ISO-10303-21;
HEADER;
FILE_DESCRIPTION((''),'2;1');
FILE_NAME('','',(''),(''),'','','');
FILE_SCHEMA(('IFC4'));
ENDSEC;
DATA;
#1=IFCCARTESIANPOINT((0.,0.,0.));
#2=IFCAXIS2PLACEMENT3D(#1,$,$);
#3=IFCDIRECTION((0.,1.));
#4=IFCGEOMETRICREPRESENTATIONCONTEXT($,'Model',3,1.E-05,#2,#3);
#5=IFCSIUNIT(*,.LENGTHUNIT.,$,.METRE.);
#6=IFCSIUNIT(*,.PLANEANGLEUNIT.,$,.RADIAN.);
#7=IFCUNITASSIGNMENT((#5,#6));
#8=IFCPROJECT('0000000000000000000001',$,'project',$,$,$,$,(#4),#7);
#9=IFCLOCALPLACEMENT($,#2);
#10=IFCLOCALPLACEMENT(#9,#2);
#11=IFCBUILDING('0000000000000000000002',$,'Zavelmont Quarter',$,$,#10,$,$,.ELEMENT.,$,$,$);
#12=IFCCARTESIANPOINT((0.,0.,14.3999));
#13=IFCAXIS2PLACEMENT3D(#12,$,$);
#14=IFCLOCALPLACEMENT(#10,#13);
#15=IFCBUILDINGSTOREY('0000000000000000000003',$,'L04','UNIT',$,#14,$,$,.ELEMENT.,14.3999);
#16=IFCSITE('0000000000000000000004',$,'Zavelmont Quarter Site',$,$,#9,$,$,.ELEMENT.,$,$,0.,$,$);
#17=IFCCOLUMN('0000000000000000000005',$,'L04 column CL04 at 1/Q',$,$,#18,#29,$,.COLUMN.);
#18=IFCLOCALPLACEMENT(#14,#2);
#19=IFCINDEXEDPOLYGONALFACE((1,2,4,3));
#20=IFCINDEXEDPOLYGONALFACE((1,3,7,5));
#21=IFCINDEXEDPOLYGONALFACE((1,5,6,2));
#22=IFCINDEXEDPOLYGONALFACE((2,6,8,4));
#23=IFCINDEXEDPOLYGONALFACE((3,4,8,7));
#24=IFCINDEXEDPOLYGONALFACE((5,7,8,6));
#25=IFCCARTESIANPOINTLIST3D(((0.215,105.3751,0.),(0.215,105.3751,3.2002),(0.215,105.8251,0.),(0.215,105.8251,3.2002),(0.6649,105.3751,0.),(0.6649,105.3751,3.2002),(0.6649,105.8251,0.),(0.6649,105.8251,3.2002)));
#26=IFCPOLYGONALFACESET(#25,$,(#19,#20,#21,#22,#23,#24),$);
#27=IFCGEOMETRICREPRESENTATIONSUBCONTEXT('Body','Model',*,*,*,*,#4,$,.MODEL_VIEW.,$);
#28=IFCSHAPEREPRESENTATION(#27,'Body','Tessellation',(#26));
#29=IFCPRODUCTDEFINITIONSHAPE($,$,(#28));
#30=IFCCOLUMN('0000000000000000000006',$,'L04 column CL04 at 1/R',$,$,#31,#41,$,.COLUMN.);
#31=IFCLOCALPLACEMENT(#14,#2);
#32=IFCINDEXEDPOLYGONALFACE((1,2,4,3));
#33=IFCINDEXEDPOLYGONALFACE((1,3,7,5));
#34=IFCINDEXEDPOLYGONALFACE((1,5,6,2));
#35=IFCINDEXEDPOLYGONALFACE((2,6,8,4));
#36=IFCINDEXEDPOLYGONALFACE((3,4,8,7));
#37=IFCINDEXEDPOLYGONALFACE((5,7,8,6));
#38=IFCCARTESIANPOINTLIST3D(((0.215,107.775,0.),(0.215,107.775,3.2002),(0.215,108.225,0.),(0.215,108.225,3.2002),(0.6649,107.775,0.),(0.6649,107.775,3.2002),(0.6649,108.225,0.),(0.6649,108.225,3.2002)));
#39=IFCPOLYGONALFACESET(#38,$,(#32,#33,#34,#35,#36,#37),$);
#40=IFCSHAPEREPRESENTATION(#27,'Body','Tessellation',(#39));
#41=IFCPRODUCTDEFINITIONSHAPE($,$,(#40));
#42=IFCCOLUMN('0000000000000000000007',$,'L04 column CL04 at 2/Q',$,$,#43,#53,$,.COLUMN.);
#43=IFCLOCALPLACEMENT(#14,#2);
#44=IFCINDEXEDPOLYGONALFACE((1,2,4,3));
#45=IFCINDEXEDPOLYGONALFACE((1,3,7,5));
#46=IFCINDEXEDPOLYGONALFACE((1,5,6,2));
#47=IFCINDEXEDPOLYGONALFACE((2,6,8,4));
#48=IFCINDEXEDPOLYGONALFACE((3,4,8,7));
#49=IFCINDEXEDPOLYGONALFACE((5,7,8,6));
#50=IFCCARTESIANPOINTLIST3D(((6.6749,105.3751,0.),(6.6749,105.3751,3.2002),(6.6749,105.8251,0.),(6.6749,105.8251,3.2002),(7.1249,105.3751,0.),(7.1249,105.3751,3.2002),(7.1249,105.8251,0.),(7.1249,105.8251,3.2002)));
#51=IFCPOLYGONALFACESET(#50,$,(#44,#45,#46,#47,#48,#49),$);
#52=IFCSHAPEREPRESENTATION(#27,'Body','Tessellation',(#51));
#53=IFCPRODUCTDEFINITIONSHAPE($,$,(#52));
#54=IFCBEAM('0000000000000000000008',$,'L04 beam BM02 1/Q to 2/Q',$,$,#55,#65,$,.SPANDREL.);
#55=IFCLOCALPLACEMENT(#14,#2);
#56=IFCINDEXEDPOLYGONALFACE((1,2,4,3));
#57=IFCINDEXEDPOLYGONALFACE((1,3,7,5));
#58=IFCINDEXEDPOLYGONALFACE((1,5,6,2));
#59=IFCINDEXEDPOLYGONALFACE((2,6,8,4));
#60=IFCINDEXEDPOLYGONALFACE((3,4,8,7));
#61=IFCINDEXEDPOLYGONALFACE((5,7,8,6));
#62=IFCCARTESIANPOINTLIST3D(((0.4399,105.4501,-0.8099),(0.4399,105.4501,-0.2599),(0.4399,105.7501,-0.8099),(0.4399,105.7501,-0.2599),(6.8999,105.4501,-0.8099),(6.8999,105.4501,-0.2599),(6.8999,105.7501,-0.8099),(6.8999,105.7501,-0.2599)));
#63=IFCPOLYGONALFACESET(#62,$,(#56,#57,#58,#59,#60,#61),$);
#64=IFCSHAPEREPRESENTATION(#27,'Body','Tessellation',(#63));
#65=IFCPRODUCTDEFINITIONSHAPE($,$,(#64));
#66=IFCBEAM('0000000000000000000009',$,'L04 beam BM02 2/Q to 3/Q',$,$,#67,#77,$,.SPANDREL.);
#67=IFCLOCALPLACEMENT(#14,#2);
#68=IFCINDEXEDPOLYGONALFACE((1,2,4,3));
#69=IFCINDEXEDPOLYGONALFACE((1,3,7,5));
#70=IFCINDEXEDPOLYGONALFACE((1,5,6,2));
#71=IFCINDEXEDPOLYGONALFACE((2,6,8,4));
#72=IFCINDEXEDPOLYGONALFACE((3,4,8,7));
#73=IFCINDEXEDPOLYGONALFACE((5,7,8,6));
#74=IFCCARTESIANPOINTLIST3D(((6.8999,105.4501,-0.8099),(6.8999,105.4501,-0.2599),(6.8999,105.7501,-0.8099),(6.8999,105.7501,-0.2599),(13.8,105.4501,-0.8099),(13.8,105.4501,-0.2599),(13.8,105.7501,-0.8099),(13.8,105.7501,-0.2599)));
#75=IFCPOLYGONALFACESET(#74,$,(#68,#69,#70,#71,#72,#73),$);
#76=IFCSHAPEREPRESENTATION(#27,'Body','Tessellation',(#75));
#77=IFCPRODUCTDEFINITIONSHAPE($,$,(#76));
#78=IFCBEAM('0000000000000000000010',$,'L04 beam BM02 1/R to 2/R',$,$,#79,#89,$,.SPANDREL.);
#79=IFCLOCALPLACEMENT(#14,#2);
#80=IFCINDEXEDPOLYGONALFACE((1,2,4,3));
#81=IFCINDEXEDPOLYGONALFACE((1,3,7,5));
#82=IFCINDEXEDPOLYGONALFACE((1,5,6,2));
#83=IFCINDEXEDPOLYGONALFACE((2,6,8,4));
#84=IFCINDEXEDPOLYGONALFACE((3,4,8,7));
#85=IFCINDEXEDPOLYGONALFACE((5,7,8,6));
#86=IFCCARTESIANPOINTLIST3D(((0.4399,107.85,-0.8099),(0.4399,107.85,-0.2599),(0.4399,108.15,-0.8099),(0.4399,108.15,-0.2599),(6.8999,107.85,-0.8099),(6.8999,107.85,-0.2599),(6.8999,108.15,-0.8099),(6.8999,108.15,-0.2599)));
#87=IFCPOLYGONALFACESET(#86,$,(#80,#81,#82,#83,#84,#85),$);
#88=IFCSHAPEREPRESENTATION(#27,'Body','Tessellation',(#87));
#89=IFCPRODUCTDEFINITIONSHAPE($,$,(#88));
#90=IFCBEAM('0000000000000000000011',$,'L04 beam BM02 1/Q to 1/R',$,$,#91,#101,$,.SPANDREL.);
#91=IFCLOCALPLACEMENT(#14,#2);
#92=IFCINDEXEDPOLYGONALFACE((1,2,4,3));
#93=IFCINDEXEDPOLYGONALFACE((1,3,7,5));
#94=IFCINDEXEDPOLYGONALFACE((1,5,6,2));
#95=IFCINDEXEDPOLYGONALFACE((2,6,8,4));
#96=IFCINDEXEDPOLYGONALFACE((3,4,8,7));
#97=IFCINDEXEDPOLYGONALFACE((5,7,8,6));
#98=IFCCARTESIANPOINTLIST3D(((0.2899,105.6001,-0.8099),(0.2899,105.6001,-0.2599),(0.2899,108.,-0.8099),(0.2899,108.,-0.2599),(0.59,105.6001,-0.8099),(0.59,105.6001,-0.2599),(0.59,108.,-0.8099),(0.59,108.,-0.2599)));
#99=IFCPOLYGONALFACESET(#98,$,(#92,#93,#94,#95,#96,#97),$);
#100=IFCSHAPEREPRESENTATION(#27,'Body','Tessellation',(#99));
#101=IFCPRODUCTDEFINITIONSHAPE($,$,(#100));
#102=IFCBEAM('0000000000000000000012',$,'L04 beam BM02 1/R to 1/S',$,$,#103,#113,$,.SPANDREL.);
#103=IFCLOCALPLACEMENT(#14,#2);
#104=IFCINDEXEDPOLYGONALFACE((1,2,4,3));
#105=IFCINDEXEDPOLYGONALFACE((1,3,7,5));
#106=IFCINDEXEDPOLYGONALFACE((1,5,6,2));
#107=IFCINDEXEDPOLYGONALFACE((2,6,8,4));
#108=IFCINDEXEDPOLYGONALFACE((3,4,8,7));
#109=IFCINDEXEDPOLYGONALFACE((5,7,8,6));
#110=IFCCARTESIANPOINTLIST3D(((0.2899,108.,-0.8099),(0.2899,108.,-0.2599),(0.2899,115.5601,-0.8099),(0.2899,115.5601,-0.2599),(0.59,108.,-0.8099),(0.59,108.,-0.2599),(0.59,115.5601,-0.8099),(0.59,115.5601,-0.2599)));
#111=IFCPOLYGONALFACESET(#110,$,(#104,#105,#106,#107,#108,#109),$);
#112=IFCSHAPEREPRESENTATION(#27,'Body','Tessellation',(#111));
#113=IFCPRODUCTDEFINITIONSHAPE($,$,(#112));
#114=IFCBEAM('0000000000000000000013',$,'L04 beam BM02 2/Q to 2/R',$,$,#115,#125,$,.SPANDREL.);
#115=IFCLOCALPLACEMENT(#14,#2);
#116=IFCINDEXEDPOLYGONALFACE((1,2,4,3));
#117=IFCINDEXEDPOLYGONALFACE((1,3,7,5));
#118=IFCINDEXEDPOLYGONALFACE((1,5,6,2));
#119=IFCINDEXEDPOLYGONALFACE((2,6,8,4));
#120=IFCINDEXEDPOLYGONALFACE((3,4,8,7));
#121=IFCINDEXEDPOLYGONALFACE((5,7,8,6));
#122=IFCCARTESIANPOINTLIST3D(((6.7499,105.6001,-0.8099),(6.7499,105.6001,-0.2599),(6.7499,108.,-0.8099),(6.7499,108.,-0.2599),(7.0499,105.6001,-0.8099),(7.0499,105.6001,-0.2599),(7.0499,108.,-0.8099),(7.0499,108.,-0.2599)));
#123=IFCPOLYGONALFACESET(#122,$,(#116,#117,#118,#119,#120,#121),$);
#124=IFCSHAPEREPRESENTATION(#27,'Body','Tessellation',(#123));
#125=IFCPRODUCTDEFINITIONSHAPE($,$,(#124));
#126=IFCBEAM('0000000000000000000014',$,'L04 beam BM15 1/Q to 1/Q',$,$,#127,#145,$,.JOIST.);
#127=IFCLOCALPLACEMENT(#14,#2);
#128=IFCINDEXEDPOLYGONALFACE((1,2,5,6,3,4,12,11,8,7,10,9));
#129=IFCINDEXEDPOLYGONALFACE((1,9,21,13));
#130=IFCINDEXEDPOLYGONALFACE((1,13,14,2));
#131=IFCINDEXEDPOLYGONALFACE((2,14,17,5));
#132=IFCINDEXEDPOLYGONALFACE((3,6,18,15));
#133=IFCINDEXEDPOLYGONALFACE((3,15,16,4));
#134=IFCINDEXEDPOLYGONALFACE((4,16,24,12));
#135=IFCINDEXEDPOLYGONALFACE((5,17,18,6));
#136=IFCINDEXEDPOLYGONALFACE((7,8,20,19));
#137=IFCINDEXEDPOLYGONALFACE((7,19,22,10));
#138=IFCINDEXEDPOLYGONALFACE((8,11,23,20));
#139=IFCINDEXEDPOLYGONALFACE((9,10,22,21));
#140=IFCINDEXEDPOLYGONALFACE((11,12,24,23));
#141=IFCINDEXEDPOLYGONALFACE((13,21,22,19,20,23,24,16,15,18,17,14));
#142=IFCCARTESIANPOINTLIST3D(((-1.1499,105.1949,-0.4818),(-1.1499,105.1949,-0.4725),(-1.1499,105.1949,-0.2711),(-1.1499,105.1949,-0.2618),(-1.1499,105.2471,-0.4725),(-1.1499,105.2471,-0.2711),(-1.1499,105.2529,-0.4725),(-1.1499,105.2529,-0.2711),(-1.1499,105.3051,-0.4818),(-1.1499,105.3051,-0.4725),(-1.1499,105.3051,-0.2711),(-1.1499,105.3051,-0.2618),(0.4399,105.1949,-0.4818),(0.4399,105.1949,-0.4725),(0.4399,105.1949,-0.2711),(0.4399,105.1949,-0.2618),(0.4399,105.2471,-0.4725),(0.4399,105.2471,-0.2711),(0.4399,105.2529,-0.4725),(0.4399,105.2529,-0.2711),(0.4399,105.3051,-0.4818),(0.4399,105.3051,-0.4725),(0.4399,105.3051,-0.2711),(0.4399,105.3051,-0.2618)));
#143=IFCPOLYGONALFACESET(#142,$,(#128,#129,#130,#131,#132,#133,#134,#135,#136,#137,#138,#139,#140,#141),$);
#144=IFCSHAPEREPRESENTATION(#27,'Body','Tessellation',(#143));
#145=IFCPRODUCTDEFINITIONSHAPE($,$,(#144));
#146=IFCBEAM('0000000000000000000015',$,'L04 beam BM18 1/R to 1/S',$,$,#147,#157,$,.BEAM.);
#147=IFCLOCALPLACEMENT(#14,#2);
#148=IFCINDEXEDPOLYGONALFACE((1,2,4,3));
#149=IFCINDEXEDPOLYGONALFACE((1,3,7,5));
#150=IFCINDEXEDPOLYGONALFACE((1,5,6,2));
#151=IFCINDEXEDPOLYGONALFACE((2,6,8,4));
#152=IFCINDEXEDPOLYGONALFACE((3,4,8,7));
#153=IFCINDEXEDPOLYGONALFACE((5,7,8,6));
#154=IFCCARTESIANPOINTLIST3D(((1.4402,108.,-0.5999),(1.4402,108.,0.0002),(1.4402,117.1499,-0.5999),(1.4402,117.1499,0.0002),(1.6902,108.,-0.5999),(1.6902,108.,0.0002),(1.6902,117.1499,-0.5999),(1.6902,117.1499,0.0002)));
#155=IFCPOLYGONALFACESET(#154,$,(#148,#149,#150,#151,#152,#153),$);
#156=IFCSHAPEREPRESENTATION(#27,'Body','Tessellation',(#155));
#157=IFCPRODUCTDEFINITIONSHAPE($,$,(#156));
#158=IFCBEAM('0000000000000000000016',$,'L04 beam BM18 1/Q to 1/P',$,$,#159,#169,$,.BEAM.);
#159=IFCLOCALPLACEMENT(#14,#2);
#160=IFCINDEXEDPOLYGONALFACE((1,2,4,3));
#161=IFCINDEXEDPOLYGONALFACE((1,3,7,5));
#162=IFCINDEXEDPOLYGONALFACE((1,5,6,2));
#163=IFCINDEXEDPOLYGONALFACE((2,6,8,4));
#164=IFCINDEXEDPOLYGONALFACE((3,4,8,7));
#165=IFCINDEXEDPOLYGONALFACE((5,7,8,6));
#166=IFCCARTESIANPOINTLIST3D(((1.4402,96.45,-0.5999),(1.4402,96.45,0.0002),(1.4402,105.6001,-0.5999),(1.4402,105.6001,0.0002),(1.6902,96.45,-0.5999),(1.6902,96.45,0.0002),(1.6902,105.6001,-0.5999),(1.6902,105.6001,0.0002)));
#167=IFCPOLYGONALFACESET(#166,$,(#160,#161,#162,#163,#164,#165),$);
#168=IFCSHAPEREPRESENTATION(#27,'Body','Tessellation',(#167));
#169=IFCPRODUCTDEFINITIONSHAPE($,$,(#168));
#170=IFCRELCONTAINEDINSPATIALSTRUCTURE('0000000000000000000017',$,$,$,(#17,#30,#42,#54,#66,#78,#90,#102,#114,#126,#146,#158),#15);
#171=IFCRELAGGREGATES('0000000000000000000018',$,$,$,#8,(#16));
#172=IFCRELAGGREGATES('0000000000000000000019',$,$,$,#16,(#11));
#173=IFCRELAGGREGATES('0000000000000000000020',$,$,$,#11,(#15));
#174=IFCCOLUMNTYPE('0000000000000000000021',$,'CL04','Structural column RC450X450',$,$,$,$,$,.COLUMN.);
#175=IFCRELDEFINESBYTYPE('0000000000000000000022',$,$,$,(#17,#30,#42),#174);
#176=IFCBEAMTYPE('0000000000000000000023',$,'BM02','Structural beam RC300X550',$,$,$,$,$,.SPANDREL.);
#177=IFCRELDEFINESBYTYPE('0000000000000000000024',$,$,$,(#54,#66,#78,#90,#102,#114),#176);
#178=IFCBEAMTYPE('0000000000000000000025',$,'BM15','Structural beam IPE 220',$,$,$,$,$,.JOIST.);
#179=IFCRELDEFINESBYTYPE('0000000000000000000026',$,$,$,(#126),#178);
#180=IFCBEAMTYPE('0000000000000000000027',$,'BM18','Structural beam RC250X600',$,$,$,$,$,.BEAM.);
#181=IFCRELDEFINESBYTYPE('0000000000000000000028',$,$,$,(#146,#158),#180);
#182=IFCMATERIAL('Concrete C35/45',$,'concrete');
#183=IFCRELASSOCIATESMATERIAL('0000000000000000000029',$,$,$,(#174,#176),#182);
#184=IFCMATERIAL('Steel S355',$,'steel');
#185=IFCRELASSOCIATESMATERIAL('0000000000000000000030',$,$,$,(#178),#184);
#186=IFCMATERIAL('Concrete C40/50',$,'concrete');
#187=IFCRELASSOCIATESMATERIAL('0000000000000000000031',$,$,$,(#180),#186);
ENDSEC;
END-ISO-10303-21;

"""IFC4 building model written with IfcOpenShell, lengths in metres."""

from ifc_helpers import new_model, si_unit, direction, frame, origin, origin_2d, place, context, subcontext, project, spatial, rectangle, i_section, extrude, material, material_profile, profile_set, type_object, element, save


model = new_model("IFC4")

# Units and contexts
model_context = context("Model", 3, precision=1e-05, world=origin(), true_north=direction((0.0, 1.0)))
body_context = subcontext(model_context, "Body", "Model", "MODEL_VIEW")
ifc_project = project(units=[si_unit("LENGTHUNIT", "METRE"), si_unit("PLANEANGLEUNIT", "RADIAN")], contexts=[model_context])

# Site, building, storey
site_placement = place(None, origin())
site = spatial("IfcSite", under=ifc_project, at=site_placement, Name="Zavelmont Quarter Site", CompositionType="ELEMENT", RefElevation=0.0)
building_placement = place(site_placement, origin())
building = spatial("IfcBuilding", under=site, at=building_placement, Name="Zavelmont Quarter", CompositionType="ELEMENT")
storey_placement = place(building_placement, frame((0.0, 0.0, 14.3999)))
storey = spatial("IfcBuildingStorey", under=building, at=storey_placement, Name="L04", Description="UNIT", CompositionType="ELEMENT", Elevation=14.3999)

# Columns
ifc_material_1 = material(Name="Concrete C35/45", Category="concrete")
ifc_material_profile_1 = material_profile(ifc_material_1, rectangle(XDim=0.45, YDim=0.45, at=origin_2d()), Name="RC450X450")
ifc_profile_set_1 = profile_set([ifc_material_profile_1], Name="Concrete C35/45")
column_type = type_object("IfcColumnType", Name="CL04", Description="Structural column RC450X450", PredefinedType="COLUMN", material=ifc_profile_set_1)
for number, where, z_axis, x_axis, name in (
    (1, (0.4399, 105.6001, 0.0), (0.0, 0.0, 1.0), (1.0, 0.0, 0.0), "L04 column CL04 at 1/Q"),
    (2, (0.4399, 108.0, 0.0), (0.0, 0.0, 1.0), (1.0, 0.0, 0.0), "L04 column CL04 at 1/R"),
    (3, (6.8999, 105.6001, 0.0), (0.0, 0.0, 1.0), (1.0, 0.0, 0.0), "L04 column CL04 at 2/Q"),
):
    element("IfcColumn", number, at=place(storey_placement, frame(where, z_axis=z_axis, x_axis=x_axis)), inside=storey, type_object=column_type, Name=name, PredefinedType="COLUMN", context=body_context, shape_type="SweptSolid", body=[
        extrude(rectangle(XDim=0.45, YDim=0.45, at=origin_2d()), origin(), (0.0, 0.0, 1.0), 3.2002),
    ])

# Beams
ifc_material_profile_2 = material_profile(ifc_material_1, rectangle(XDim=0.3, YDim=0.55, at=origin_2d()), Name="RC300X550")
ifc_profile_set_2 = profile_set([ifc_material_profile_2], Name="Concrete C35/45")
beam_type_1 = type_object("IfcBeamType", Name="BM02", Description="Structural beam RC300X550", PredefinedType="SPANDREL", material=ifc_profile_set_2)
beam_1_placement = place(storey_placement, frame((0.4399, 105.6001, -0.5349), z_axis=(1.0, 0.0, 0.0), x_axis=(0.0, 1.0, 0.0)))
element("IfcBeam", 4, at=beam_1_placement, inside=storey, type_object=beam_type_1, Name="L04 beam BM02 1/Q to 2/Q", PredefinedType="SPANDREL", context=body_context, shape_type="SweptSolid", body=[
    extrude(rectangle(XDim=0.3, YDim=0.55, at=origin_2d()), origin(), (0.0, 0.0, 1.0), 6.46),
])
beam_2_placement = place(storey_placement, frame((6.8999, 105.6001, -0.5349), z_axis=(1.0, 0.0, 0.0), x_axis=(0.0, 1.0, 0.0)))
element("IfcBeam", 5, at=beam_2_placement, inside=storey, type_object=beam_type_1, Name="L04 beam BM02 2/Q to 3/Q", PredefinedType="SPANDREL", context=body_context, shape_type="SweptSolid", body=[
    extrude(rectangle(XDim=0.3, YDim=0.55, at=origin_2d()), origin(), (0.0, 0.0, 1.0), 6.9001),
])
beam_3_placement = place(storey_placement, frame((0.4399, 108.0, -0.5349), z_axis=(1.0, 0.0, 0.0), x_axis=(0.0, 1.0, 0.0)))
element("IfcBeam", 6, at=beam_3_placement, inside=storey, type_object=beam_type_1, Name="L04 beam BM02 1/R to 2/R", PredefinedType="SPANDREL", context=body_context, shape_type="SweptSolid", body=[
    extrude(rectangle(XDim=0.3, YDim=0.55, at=origin_2d()), origin(), (0.0, 0.0, 1.0), 6.46),
])
beam_4_placement = place(storey_placement, frame((0.4399, 105.6001, -0.5349), z_axis=(0.0, 1.0, 0.0), x_axis=(-1.0, 0.0, 0.0)))
element("IfcBeam", 7, at=beam_4_placement, inside=storey, type_object=beam_type_1, Name="L04 beam BM02 1/Q to 1/R", PredefinedType="SPANDREL", context=body_context, shape_type="SweptSolid", body=[
    extrude(rectangle(XDim=0.3, YDim=0.55, at=origin_2d()), origin(), (0.0, 0.0, 1.0), 2.3999),
])
beam_5_placement = place(storey_placement, frame((0.4399, 108.0, -0.5349), z_axis=(0.0, 1.0, 0.0), x_axis=(-1.0, 0.0, 0.0)))
element("IfcBeam", 8, at=beam_5_placement, inside=storey, type_object=beam_type_1, Name="L04 beam BM02 1/R to 1/S", PredefinedType="SPANDREL", context=body_context, shape_type="SweptSolid", body=[
    extrude(rectangle(XDim=0.3, YDim=0.55, at=origin_2d()), origin(), (0.0, 0.0, 1.0), 7.5601),
])
beam_6_placement = place(storey_placement, frame((6.8999, 105.6001, -0.5349), z_axis=(0.0, 1.0, 0.0), x_axis=(-1.0, 0.0, 0.0)))
element("IfcBeam", 9, at=beam_6_placement, inside=storey, type_object=beam_type_1, Name="L04 beam BM02 2/Q to 2/R", PredefinedType="SPANDREL", context=body_context, shape_type="SweptSolid", body=[
    extrude(rectangle(XDim=0.3, YDim=0.55, at=origin_2d()), origin(), (0.0, 0.0, 1.0), 2.3999),
])
ifc_material_2 = material(Name="Steel S355", Category="steel")
ifc_material_profile_3 = material_profile(ifc_material_2, i_section(OverallWidth=0.1101, OverallDepth=0.22, WebThickness=0.0059, FlangeThickness=0.0093, at=origin_2d()), Name="IPE 220")
ifc_profile_set_3 = profile_set([ifc_material_profile_3], Name="Steel S355")
beam_type_2 = type_object("IfcBeamType", Name="BM15", Description="Structural beam IPE 220", PredefinedType="JOIST", material=ifc_profile_set_3)
beam_7_placement = place(storey_placement, frame((0.4399, 105.25, -0.3718), z_axis=(-1.0, 0.0, 0.0), x_axis=(0.0, -1.0, 0.0)))
element("IfcBeam", 10, at=beam_7_placement, inside=storey, type_object=beam_type_2, Name="L04 beam BM15 1/Q to 1/Q", PredefinedType="JOIST", context=body_context, shape_type="SweptSolid", body=[
    extrude(i_section(OverallWidth=0.1101, OverallDepth=0.22, WebThickness=0.0059, FlangeThickness=0.0093, at=origin_2d()), origin(), (0.0, 0.0, 1.0), 1.5898),
])
ifc_material_3 = material(Name="Concrete C40/50", Category="concrete")
ifc_material_profile_4 = material_profile(ifc_material_3, rectangle(XDim=0.25, YDim=0.6001, at=origin_2d()), Name="RC250X600")
ifc_profile_set_4 = profile_set([ifc_material_profile_4], Name="Concrete C40/50")
beam_type_3 = type_object("IfcBeamType", Name="BM18", Description="Structural beam RC250X600", PredefinedType="BEAM", material=ifc_profile_set_4)
beam_8_placement = place(storey_placement, frame((1.5652, 108.0, -0.2998), z_axis=(0.0, 1.0, 0.0), x_axis=(-1.0, 0.0, 0.0)))
element("IfcBeam", 11, at=beam_8_placement, inside=storey, type_object=beam_type_3, Name="L04 beam BM18 1/R to 1/S", PredefinedType="BEAM", context=body_context, shape_type="SweptSolid", body=[
    extrude(rectangle(XDim=0.25, YDim=0.6001, at=origin_2d()), origin(), (0.0, 0.0, 1.0), 9.1499),
])
beam_9_placement = place(storey_placement, frame((1.5652, 105.6001, -0.2998), z_axis=(0.0, -1.0, 0.0), x_axis=(1.0, 0.0, 0.0)))
element("IfcBeam", 12, at=beam_9_placement, inside=storey, type_object=beam_type_3, Name="L04 beam BM18 1/Q to 1/P", PredefinedType="BEAM", context=body_context, shape_type="SweptSolid", body=[
    extrude(rectangle(XDim=0.25, YDim=0.6001, at=origin_2d()), origin(), (0.0, 0.0, 1.0), 9.1501),
])

save(model, "model.ifc")
